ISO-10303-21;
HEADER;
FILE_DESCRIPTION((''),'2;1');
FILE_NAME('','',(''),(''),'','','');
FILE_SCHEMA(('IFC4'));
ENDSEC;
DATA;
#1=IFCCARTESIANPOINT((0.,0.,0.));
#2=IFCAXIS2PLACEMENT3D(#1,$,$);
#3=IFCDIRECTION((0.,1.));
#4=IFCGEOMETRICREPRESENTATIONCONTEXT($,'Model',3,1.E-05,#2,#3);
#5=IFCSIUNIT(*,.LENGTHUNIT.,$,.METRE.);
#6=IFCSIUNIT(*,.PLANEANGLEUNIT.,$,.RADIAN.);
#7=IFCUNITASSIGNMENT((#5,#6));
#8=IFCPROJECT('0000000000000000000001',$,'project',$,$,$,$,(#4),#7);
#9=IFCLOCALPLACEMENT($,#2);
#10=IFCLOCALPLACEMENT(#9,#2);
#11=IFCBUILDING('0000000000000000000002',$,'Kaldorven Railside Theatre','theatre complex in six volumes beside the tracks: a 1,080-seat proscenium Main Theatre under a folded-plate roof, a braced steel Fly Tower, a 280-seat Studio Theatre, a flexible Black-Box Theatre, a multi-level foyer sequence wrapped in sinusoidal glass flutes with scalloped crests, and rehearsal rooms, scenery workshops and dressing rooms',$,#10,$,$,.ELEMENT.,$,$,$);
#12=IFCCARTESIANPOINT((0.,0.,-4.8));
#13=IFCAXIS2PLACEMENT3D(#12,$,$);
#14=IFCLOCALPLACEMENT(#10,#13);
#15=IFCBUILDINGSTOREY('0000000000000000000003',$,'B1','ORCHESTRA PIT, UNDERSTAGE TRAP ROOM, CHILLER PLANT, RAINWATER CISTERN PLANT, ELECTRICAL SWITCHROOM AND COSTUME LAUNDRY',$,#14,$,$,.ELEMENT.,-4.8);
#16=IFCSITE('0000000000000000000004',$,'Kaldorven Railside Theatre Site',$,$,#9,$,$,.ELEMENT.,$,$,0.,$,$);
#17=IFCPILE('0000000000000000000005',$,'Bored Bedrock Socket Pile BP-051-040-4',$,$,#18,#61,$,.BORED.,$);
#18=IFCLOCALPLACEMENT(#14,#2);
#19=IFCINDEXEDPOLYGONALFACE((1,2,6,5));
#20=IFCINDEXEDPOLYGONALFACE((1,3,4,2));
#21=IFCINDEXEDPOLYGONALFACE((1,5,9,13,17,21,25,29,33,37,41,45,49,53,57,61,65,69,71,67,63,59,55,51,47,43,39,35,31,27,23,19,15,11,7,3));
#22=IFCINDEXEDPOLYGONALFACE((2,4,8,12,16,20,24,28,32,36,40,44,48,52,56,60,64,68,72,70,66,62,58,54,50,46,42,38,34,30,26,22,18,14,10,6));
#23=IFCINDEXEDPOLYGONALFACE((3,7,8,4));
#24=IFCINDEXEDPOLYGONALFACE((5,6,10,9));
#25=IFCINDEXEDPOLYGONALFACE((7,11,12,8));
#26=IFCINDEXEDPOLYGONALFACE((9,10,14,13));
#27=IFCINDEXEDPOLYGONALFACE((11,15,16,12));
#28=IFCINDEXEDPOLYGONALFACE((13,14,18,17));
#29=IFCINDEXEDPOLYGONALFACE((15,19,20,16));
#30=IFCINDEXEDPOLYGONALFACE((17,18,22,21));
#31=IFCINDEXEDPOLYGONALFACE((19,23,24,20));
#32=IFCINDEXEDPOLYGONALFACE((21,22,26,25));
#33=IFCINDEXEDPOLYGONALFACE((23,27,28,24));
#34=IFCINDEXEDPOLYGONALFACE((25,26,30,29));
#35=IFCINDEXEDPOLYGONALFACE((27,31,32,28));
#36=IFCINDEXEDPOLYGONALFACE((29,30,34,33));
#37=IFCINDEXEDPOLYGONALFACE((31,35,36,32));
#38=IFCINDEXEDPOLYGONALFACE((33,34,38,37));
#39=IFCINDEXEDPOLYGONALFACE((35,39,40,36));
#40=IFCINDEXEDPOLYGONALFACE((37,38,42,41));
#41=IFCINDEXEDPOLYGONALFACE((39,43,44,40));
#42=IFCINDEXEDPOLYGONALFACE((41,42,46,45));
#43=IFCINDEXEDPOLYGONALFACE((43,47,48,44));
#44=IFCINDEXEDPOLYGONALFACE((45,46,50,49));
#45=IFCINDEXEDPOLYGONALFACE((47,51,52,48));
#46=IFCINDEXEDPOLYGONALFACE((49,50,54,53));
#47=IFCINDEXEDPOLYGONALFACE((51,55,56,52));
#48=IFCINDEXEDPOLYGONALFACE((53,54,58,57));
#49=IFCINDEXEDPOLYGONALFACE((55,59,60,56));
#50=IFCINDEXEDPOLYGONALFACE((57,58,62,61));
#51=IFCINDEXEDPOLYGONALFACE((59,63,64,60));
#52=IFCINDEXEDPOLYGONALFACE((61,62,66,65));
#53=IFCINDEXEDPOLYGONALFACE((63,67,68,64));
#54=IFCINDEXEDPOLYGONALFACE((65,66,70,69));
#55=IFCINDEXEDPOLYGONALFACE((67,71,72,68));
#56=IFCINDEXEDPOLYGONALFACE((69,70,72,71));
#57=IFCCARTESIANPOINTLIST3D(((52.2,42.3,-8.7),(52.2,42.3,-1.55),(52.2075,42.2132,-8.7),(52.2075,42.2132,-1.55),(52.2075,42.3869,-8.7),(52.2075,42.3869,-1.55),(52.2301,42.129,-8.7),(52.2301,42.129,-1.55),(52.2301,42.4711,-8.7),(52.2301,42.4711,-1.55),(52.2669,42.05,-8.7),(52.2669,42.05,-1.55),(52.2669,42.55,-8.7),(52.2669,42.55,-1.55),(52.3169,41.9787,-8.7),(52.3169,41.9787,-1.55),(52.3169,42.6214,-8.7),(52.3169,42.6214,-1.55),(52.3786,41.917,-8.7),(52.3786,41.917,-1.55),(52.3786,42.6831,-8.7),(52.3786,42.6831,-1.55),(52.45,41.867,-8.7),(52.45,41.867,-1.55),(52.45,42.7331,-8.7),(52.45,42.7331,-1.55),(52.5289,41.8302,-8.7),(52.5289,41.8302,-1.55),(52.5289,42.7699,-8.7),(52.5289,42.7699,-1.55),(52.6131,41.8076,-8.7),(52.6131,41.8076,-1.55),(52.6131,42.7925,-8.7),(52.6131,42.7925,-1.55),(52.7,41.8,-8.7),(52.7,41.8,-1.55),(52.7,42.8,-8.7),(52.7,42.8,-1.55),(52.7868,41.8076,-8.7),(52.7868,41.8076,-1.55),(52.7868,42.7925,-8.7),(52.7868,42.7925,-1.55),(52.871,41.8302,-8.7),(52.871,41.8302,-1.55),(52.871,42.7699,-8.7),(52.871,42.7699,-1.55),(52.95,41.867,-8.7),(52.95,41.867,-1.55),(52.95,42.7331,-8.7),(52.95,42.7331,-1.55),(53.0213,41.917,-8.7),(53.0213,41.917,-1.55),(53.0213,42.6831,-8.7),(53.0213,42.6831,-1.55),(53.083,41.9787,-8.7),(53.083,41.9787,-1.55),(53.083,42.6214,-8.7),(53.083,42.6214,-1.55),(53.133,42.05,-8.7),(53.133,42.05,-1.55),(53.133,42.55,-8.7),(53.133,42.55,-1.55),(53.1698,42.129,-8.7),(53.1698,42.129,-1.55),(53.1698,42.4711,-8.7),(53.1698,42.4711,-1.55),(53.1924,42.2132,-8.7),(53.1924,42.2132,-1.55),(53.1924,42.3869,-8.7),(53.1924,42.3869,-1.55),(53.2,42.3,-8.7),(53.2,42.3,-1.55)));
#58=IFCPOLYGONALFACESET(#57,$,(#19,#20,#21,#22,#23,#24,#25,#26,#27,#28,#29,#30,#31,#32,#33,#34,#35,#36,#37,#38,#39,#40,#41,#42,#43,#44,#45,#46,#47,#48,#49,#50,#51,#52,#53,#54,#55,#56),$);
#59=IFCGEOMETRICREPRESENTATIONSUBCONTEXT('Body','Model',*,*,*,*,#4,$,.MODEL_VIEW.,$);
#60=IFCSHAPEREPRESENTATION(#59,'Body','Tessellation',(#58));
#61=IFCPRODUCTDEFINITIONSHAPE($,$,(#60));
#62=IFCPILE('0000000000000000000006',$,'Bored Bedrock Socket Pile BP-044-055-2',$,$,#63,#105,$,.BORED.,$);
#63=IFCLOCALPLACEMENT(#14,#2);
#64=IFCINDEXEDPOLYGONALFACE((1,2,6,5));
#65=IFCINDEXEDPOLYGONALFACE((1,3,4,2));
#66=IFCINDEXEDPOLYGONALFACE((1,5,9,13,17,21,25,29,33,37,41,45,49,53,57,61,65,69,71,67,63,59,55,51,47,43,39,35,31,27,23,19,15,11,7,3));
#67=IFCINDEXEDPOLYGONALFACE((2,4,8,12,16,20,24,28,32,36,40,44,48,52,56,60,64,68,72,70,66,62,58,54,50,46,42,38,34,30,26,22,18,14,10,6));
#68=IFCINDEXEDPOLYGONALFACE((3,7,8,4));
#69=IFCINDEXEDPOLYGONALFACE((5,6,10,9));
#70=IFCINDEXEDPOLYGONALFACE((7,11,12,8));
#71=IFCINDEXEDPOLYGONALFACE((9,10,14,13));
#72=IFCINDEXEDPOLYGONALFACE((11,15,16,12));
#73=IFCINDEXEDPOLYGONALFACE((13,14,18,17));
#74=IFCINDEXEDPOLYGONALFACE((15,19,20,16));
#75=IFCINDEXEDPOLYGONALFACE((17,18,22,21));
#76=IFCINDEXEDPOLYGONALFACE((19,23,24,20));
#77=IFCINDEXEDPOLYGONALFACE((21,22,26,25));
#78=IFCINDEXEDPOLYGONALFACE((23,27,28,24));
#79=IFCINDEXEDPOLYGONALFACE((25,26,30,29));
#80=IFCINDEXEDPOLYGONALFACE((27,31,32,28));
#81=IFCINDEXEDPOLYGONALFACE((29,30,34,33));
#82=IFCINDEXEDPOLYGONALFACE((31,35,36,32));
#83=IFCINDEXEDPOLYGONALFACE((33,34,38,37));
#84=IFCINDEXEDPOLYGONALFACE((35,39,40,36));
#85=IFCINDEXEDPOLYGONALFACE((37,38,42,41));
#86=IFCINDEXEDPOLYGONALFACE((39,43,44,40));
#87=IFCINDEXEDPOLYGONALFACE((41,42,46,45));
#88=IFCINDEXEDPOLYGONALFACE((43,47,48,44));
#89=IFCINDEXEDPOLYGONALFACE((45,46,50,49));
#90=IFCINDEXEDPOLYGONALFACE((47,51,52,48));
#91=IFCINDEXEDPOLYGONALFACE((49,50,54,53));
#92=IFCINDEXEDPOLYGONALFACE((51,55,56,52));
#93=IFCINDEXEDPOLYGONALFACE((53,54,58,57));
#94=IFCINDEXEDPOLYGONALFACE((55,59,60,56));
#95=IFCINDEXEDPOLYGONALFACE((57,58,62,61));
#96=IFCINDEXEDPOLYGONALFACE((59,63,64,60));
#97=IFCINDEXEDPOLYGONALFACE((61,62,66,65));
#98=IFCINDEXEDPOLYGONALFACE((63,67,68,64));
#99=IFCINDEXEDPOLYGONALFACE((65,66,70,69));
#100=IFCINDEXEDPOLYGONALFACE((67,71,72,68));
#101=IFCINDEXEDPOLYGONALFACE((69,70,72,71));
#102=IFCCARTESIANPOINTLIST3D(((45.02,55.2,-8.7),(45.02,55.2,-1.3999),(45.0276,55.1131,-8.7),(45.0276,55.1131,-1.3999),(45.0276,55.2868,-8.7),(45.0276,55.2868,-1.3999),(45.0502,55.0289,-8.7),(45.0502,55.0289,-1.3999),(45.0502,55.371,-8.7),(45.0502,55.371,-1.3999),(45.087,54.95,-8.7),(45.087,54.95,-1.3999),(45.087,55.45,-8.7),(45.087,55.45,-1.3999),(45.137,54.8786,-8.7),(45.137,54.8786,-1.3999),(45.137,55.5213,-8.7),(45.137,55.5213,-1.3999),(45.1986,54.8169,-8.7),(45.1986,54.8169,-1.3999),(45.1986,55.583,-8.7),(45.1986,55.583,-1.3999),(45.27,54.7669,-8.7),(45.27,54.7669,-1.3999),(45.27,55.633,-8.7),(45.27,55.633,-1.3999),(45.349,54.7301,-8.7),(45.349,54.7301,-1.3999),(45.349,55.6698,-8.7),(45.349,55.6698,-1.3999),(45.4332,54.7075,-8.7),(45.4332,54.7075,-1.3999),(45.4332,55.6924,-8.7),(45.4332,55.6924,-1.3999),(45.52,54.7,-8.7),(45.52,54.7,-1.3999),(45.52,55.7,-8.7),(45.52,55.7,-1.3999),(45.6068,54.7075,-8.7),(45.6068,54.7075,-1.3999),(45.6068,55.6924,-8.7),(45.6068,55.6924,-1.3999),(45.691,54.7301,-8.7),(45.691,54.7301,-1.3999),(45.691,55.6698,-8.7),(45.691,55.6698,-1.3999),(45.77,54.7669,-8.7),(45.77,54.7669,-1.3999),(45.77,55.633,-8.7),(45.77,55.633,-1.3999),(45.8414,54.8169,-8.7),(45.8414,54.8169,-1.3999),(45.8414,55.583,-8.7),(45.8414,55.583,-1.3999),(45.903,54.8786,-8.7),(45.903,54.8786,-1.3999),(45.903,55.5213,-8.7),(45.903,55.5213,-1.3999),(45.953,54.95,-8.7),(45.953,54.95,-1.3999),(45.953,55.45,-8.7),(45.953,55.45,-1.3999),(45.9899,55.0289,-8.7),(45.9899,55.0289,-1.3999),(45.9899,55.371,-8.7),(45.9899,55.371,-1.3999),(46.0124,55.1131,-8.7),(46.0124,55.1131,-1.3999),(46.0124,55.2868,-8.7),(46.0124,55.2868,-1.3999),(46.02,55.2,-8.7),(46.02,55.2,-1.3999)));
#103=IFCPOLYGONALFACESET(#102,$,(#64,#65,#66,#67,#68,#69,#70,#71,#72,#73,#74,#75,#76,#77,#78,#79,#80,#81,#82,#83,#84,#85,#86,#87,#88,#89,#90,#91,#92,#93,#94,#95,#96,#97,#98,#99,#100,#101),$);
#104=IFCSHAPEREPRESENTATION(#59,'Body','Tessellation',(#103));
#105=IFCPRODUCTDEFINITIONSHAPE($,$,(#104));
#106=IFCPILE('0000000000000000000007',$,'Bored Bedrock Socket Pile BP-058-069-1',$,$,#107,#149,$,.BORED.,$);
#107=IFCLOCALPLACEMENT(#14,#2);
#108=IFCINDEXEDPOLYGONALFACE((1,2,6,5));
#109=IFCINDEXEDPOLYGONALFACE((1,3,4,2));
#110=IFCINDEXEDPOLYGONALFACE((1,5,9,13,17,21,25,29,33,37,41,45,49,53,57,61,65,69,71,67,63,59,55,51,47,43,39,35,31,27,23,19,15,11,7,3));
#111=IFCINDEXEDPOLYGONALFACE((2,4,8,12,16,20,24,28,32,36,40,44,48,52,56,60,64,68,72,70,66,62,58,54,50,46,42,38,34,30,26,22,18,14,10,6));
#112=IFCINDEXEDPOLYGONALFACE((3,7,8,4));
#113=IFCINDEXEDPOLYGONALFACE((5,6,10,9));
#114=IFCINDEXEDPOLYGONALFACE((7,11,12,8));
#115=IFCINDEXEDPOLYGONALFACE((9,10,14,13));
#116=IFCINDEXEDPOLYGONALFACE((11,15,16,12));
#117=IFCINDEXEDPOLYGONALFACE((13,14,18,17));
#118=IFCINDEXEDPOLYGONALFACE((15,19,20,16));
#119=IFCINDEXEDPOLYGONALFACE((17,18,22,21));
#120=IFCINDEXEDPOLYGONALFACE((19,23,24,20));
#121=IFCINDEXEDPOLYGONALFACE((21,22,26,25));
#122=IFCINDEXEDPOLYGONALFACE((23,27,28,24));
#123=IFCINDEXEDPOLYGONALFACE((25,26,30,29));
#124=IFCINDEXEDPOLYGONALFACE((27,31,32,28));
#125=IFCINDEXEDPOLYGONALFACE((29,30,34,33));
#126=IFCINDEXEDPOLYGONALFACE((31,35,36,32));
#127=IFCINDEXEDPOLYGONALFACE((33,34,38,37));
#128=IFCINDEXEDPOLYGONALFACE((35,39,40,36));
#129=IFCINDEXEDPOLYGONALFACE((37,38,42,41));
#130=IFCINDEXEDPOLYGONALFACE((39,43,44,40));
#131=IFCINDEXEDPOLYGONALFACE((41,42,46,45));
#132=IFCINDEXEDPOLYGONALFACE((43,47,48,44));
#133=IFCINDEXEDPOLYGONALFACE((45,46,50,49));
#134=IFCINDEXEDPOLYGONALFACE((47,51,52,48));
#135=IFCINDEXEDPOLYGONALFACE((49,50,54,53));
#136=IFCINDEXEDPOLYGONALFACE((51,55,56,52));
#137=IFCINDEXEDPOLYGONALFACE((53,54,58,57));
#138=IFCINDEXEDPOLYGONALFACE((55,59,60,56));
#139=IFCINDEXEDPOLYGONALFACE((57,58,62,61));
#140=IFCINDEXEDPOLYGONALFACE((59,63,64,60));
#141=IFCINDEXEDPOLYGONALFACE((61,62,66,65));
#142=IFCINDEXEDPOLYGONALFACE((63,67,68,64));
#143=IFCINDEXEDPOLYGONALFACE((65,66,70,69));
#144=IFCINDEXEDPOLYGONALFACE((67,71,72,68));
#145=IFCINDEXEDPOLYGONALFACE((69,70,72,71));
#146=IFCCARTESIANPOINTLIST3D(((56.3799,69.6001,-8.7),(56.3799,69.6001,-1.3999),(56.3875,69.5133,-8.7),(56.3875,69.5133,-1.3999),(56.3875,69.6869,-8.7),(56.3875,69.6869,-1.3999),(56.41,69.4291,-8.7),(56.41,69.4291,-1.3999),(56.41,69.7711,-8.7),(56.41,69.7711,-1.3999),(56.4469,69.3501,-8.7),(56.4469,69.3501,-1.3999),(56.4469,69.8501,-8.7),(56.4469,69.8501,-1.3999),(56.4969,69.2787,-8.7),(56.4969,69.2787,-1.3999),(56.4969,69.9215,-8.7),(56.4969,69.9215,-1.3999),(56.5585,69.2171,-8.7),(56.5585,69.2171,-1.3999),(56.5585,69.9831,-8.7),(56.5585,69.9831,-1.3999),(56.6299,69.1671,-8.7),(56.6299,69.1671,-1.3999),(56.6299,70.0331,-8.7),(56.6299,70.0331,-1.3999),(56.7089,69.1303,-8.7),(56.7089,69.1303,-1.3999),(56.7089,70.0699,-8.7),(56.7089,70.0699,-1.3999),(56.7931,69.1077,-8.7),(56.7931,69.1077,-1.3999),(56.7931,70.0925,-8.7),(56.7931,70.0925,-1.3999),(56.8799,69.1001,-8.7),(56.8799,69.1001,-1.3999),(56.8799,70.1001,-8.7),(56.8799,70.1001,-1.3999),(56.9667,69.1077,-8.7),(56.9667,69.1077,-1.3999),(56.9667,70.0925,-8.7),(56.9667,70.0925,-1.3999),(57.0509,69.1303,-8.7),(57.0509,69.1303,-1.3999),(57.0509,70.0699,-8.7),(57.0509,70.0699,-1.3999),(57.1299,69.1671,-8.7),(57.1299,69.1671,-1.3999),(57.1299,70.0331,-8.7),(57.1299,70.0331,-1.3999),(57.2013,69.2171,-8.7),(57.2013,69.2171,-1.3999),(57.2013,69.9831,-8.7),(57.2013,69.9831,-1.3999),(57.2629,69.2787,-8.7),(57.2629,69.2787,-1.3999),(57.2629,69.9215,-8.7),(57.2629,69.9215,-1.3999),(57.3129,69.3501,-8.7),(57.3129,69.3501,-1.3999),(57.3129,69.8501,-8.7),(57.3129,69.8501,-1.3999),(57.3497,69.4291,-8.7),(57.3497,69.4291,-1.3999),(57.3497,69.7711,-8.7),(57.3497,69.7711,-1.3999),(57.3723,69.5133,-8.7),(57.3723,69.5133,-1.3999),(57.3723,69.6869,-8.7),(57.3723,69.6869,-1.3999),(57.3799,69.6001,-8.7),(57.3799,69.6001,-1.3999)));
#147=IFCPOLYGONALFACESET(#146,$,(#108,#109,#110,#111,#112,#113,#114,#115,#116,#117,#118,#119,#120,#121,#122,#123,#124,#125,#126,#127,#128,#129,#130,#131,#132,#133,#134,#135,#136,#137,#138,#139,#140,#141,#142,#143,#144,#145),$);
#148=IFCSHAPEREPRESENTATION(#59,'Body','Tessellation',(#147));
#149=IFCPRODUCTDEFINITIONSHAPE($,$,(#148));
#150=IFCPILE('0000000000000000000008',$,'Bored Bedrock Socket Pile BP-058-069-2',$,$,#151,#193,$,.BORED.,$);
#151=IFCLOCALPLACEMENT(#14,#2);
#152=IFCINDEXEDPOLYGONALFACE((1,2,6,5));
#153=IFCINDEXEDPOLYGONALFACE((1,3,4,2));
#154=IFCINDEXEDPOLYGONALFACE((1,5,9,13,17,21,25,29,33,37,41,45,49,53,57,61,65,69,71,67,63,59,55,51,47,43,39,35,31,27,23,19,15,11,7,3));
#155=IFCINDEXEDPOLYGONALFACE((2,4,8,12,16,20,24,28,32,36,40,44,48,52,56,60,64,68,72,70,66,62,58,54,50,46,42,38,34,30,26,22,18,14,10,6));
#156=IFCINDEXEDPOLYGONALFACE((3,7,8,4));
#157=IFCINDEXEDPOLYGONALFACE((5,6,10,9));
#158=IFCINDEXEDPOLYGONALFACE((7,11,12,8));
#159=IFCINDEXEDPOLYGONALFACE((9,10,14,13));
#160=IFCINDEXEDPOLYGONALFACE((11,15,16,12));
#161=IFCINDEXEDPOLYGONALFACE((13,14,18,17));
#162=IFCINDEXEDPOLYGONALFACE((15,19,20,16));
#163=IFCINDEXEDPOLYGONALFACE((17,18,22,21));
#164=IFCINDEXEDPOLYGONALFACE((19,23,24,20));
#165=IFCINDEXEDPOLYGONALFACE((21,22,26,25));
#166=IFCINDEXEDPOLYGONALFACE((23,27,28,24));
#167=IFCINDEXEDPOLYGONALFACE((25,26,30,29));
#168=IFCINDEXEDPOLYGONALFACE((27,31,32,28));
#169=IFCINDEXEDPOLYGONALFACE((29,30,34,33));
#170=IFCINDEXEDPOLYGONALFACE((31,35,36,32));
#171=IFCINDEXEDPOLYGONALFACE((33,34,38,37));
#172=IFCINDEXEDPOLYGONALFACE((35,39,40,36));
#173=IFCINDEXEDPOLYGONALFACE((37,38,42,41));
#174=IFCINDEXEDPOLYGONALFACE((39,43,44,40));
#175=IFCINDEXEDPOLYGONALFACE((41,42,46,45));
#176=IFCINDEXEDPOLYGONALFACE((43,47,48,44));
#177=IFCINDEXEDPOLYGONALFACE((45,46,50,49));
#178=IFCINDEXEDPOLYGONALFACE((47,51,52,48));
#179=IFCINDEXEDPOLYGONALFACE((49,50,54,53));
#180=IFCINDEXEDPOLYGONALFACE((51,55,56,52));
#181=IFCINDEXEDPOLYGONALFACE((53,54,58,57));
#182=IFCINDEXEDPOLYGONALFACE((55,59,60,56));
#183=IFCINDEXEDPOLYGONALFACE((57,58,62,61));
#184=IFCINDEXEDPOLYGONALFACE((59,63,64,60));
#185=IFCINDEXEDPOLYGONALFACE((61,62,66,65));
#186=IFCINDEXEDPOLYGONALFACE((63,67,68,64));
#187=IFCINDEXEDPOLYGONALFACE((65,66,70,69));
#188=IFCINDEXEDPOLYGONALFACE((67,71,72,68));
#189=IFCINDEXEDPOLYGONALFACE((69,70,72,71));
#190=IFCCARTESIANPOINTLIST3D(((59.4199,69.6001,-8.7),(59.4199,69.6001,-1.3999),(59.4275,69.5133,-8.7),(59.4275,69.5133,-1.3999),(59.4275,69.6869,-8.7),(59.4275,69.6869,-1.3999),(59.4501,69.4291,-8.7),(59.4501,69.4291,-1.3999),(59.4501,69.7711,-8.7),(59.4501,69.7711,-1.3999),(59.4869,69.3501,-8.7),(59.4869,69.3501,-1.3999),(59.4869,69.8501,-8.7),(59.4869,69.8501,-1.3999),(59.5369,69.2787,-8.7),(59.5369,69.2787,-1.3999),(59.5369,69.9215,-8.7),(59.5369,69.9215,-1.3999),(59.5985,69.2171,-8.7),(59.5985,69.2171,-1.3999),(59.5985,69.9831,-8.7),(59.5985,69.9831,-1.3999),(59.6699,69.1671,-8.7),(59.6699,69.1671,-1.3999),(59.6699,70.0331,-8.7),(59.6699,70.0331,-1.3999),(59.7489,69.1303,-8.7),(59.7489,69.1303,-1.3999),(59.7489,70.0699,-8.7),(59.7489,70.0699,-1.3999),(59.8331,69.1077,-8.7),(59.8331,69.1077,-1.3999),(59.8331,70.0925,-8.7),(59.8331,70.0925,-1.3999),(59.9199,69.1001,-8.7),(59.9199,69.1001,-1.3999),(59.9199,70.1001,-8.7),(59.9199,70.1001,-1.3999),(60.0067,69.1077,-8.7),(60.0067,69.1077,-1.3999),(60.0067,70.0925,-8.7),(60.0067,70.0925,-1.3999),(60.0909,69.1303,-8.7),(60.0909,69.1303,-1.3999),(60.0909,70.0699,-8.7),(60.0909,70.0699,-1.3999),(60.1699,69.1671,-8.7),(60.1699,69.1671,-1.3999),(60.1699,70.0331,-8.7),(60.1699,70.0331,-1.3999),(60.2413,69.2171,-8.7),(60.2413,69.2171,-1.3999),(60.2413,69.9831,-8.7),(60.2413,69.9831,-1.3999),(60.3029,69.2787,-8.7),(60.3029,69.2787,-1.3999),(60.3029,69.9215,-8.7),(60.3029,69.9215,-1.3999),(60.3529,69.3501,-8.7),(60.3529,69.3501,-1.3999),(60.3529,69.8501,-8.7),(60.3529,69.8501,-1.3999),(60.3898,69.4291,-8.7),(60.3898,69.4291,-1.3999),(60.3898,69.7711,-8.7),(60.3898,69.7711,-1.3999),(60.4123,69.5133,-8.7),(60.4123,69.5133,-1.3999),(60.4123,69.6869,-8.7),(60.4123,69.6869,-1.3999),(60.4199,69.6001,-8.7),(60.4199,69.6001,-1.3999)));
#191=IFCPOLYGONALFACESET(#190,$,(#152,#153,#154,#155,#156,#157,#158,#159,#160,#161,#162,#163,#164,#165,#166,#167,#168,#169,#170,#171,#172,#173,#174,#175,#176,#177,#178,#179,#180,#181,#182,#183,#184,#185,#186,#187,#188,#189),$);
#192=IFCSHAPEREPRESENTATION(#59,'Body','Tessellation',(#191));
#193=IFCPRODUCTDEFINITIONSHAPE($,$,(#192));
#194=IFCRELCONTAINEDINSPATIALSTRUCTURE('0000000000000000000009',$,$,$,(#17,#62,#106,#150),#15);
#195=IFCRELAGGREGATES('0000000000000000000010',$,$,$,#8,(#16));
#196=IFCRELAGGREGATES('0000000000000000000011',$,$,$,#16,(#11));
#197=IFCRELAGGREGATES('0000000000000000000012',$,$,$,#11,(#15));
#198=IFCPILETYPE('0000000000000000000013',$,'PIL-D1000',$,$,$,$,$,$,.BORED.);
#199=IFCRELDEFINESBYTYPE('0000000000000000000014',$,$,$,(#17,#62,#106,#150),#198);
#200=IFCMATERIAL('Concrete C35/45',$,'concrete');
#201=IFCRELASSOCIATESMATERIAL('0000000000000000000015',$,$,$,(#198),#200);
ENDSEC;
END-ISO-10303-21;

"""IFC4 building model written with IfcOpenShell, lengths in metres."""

from ifc_helpers import new_model, si_unit, direction, frame, origin, origin_2d, place, context, subcontext, project, spatial, circle, extrude, material, material_profile, profile_set, type_object, element, save


model = new_model("IFC4")

# Units and contexts
model_context = context("Model", 3, precision=1e-05, world=origin(), true_north=direction((0.0, 1.0)))
body_context = subcontext(model_context, "Body", "Model", "MODEL_VIEW")
ifc_project = project(units=[si_unit("LENGTHUNIT", "METRE"), si_unit("PLANEANGLEUNIT", "RADIAN")], contexts=[model_context])

# Site, building, storey
site_placement = place(None, origin())
site = spatial("IfcSite", under=ifc_project, at=site_placement, Name="Kaldorven Railside Theatre Site", CompositionType="ELEMENT", RefElevation=0.0)
building_placement = place(site_placement, origin())
building = spatial("IfcBuilding", under=site, at=building_placement, Name="Kaldorven Railside Theatre", Description="theatre complex in six volumes beside the tracks: a 1,080-seat proscenium Main Theatre under a folded-plate roof, a braced steel Fly Tower, a 280-seat Studio Theatre, a flexible Black-Box Theatre, a multi-level foyer sequence wrapped in sinusoidal glass flutes with scalloped crests, and rehearsal rooms, scenery workshops and dressing rooms", CompositionType="ELEMENT")
storey_placement = place(building_placement, frame((0.0, 0.0, -4.8)))
storey = spatial("IfcBuildingStorey", under=building, at=storey_placement, Name="B1", Description="ORCHESTRA PIT, UNDERSTAGE TRAP ROOM, CHILLER PLANT, RAINWATER CISTERN PLANT, ELECTRICAL SWITCHROOM AND COSTUME LAUNDRY", CompositionType="ELEMENT", Elevation=-4.8)

# Piles
ifc_material_1 = material(Name="Concrete C35/45", Category="concrete")
ifc_material_profile_1 = material_profile(ifc_material_1, circle(Radius=0.5, at=origin_2d()), Name="BP D1000")
ifc_profile_set_1 = profile_set([ifc_material_profile_1], Name="Concrete C35/45")
pile_type_1 = type_object("IfcPileType", Name="PIL-D1000", PredefinedType="BORED", material=ifc_profile_set_1)
for number, where, z_axis, x_axis, name in (
    (1, (52.7, 42.3, -1.55), (0.0, 0.0, -1.0), (1.0, 0.0, 0.0), "Bored Bedrock Socket Pile BP-051-040-4"),
):
    element("IfcPile", number, at=place(storey_placement, frame(where, z_axis=z_axis, x_axis=x_axis)), inside=storey, type_object=pile_type_1, Name=name, PredefinedType="BORED", context=body_context, shape_type="SweptSolid", body=[
        extrude(circle(Radius=0.5, at=origin_2d()), origin(), (0.0, 0.0, 1.0), 7.1499),
    ])
for number, where, z_axis, x_axis, name in (
    (2, (45.52, 55.2, -1.3999), (0.0, 0.0, -1.0), (1.0, 0.0, 0.0), "Bored Bedrock Socket Pile BP-044-055-2"),
    (3, (56.8799, 69.6001, -1.3999), (0.0, 0.0, -1.0), (1.0, 0.0, 0.0), "Bored Bedrock Socket Pile BP-058-069-1"),
    (4, (59.9199, 69.6001, -1.3999), (0.0, 0.0, -1.0), (1.0, 0.0, 0.0), "Bored Bedrock Socket Pile BP-058-069-2"),
):
    element("IfcPile", number, at=place(storey_placement, frame(where, z_axis=z_axis, x_axis=x_axis)), inside=storey, type_object=pile_type_1, Name=name, PredefinedType="BORED", context=body_context, shape_type="SweptSolid", body=[
        extrude(circle(Radius=0.5, at=origin_2d()), origin(), (0.0, 0.0, 1.0), 7.3),
    ])

save(model, "model.ifc")
